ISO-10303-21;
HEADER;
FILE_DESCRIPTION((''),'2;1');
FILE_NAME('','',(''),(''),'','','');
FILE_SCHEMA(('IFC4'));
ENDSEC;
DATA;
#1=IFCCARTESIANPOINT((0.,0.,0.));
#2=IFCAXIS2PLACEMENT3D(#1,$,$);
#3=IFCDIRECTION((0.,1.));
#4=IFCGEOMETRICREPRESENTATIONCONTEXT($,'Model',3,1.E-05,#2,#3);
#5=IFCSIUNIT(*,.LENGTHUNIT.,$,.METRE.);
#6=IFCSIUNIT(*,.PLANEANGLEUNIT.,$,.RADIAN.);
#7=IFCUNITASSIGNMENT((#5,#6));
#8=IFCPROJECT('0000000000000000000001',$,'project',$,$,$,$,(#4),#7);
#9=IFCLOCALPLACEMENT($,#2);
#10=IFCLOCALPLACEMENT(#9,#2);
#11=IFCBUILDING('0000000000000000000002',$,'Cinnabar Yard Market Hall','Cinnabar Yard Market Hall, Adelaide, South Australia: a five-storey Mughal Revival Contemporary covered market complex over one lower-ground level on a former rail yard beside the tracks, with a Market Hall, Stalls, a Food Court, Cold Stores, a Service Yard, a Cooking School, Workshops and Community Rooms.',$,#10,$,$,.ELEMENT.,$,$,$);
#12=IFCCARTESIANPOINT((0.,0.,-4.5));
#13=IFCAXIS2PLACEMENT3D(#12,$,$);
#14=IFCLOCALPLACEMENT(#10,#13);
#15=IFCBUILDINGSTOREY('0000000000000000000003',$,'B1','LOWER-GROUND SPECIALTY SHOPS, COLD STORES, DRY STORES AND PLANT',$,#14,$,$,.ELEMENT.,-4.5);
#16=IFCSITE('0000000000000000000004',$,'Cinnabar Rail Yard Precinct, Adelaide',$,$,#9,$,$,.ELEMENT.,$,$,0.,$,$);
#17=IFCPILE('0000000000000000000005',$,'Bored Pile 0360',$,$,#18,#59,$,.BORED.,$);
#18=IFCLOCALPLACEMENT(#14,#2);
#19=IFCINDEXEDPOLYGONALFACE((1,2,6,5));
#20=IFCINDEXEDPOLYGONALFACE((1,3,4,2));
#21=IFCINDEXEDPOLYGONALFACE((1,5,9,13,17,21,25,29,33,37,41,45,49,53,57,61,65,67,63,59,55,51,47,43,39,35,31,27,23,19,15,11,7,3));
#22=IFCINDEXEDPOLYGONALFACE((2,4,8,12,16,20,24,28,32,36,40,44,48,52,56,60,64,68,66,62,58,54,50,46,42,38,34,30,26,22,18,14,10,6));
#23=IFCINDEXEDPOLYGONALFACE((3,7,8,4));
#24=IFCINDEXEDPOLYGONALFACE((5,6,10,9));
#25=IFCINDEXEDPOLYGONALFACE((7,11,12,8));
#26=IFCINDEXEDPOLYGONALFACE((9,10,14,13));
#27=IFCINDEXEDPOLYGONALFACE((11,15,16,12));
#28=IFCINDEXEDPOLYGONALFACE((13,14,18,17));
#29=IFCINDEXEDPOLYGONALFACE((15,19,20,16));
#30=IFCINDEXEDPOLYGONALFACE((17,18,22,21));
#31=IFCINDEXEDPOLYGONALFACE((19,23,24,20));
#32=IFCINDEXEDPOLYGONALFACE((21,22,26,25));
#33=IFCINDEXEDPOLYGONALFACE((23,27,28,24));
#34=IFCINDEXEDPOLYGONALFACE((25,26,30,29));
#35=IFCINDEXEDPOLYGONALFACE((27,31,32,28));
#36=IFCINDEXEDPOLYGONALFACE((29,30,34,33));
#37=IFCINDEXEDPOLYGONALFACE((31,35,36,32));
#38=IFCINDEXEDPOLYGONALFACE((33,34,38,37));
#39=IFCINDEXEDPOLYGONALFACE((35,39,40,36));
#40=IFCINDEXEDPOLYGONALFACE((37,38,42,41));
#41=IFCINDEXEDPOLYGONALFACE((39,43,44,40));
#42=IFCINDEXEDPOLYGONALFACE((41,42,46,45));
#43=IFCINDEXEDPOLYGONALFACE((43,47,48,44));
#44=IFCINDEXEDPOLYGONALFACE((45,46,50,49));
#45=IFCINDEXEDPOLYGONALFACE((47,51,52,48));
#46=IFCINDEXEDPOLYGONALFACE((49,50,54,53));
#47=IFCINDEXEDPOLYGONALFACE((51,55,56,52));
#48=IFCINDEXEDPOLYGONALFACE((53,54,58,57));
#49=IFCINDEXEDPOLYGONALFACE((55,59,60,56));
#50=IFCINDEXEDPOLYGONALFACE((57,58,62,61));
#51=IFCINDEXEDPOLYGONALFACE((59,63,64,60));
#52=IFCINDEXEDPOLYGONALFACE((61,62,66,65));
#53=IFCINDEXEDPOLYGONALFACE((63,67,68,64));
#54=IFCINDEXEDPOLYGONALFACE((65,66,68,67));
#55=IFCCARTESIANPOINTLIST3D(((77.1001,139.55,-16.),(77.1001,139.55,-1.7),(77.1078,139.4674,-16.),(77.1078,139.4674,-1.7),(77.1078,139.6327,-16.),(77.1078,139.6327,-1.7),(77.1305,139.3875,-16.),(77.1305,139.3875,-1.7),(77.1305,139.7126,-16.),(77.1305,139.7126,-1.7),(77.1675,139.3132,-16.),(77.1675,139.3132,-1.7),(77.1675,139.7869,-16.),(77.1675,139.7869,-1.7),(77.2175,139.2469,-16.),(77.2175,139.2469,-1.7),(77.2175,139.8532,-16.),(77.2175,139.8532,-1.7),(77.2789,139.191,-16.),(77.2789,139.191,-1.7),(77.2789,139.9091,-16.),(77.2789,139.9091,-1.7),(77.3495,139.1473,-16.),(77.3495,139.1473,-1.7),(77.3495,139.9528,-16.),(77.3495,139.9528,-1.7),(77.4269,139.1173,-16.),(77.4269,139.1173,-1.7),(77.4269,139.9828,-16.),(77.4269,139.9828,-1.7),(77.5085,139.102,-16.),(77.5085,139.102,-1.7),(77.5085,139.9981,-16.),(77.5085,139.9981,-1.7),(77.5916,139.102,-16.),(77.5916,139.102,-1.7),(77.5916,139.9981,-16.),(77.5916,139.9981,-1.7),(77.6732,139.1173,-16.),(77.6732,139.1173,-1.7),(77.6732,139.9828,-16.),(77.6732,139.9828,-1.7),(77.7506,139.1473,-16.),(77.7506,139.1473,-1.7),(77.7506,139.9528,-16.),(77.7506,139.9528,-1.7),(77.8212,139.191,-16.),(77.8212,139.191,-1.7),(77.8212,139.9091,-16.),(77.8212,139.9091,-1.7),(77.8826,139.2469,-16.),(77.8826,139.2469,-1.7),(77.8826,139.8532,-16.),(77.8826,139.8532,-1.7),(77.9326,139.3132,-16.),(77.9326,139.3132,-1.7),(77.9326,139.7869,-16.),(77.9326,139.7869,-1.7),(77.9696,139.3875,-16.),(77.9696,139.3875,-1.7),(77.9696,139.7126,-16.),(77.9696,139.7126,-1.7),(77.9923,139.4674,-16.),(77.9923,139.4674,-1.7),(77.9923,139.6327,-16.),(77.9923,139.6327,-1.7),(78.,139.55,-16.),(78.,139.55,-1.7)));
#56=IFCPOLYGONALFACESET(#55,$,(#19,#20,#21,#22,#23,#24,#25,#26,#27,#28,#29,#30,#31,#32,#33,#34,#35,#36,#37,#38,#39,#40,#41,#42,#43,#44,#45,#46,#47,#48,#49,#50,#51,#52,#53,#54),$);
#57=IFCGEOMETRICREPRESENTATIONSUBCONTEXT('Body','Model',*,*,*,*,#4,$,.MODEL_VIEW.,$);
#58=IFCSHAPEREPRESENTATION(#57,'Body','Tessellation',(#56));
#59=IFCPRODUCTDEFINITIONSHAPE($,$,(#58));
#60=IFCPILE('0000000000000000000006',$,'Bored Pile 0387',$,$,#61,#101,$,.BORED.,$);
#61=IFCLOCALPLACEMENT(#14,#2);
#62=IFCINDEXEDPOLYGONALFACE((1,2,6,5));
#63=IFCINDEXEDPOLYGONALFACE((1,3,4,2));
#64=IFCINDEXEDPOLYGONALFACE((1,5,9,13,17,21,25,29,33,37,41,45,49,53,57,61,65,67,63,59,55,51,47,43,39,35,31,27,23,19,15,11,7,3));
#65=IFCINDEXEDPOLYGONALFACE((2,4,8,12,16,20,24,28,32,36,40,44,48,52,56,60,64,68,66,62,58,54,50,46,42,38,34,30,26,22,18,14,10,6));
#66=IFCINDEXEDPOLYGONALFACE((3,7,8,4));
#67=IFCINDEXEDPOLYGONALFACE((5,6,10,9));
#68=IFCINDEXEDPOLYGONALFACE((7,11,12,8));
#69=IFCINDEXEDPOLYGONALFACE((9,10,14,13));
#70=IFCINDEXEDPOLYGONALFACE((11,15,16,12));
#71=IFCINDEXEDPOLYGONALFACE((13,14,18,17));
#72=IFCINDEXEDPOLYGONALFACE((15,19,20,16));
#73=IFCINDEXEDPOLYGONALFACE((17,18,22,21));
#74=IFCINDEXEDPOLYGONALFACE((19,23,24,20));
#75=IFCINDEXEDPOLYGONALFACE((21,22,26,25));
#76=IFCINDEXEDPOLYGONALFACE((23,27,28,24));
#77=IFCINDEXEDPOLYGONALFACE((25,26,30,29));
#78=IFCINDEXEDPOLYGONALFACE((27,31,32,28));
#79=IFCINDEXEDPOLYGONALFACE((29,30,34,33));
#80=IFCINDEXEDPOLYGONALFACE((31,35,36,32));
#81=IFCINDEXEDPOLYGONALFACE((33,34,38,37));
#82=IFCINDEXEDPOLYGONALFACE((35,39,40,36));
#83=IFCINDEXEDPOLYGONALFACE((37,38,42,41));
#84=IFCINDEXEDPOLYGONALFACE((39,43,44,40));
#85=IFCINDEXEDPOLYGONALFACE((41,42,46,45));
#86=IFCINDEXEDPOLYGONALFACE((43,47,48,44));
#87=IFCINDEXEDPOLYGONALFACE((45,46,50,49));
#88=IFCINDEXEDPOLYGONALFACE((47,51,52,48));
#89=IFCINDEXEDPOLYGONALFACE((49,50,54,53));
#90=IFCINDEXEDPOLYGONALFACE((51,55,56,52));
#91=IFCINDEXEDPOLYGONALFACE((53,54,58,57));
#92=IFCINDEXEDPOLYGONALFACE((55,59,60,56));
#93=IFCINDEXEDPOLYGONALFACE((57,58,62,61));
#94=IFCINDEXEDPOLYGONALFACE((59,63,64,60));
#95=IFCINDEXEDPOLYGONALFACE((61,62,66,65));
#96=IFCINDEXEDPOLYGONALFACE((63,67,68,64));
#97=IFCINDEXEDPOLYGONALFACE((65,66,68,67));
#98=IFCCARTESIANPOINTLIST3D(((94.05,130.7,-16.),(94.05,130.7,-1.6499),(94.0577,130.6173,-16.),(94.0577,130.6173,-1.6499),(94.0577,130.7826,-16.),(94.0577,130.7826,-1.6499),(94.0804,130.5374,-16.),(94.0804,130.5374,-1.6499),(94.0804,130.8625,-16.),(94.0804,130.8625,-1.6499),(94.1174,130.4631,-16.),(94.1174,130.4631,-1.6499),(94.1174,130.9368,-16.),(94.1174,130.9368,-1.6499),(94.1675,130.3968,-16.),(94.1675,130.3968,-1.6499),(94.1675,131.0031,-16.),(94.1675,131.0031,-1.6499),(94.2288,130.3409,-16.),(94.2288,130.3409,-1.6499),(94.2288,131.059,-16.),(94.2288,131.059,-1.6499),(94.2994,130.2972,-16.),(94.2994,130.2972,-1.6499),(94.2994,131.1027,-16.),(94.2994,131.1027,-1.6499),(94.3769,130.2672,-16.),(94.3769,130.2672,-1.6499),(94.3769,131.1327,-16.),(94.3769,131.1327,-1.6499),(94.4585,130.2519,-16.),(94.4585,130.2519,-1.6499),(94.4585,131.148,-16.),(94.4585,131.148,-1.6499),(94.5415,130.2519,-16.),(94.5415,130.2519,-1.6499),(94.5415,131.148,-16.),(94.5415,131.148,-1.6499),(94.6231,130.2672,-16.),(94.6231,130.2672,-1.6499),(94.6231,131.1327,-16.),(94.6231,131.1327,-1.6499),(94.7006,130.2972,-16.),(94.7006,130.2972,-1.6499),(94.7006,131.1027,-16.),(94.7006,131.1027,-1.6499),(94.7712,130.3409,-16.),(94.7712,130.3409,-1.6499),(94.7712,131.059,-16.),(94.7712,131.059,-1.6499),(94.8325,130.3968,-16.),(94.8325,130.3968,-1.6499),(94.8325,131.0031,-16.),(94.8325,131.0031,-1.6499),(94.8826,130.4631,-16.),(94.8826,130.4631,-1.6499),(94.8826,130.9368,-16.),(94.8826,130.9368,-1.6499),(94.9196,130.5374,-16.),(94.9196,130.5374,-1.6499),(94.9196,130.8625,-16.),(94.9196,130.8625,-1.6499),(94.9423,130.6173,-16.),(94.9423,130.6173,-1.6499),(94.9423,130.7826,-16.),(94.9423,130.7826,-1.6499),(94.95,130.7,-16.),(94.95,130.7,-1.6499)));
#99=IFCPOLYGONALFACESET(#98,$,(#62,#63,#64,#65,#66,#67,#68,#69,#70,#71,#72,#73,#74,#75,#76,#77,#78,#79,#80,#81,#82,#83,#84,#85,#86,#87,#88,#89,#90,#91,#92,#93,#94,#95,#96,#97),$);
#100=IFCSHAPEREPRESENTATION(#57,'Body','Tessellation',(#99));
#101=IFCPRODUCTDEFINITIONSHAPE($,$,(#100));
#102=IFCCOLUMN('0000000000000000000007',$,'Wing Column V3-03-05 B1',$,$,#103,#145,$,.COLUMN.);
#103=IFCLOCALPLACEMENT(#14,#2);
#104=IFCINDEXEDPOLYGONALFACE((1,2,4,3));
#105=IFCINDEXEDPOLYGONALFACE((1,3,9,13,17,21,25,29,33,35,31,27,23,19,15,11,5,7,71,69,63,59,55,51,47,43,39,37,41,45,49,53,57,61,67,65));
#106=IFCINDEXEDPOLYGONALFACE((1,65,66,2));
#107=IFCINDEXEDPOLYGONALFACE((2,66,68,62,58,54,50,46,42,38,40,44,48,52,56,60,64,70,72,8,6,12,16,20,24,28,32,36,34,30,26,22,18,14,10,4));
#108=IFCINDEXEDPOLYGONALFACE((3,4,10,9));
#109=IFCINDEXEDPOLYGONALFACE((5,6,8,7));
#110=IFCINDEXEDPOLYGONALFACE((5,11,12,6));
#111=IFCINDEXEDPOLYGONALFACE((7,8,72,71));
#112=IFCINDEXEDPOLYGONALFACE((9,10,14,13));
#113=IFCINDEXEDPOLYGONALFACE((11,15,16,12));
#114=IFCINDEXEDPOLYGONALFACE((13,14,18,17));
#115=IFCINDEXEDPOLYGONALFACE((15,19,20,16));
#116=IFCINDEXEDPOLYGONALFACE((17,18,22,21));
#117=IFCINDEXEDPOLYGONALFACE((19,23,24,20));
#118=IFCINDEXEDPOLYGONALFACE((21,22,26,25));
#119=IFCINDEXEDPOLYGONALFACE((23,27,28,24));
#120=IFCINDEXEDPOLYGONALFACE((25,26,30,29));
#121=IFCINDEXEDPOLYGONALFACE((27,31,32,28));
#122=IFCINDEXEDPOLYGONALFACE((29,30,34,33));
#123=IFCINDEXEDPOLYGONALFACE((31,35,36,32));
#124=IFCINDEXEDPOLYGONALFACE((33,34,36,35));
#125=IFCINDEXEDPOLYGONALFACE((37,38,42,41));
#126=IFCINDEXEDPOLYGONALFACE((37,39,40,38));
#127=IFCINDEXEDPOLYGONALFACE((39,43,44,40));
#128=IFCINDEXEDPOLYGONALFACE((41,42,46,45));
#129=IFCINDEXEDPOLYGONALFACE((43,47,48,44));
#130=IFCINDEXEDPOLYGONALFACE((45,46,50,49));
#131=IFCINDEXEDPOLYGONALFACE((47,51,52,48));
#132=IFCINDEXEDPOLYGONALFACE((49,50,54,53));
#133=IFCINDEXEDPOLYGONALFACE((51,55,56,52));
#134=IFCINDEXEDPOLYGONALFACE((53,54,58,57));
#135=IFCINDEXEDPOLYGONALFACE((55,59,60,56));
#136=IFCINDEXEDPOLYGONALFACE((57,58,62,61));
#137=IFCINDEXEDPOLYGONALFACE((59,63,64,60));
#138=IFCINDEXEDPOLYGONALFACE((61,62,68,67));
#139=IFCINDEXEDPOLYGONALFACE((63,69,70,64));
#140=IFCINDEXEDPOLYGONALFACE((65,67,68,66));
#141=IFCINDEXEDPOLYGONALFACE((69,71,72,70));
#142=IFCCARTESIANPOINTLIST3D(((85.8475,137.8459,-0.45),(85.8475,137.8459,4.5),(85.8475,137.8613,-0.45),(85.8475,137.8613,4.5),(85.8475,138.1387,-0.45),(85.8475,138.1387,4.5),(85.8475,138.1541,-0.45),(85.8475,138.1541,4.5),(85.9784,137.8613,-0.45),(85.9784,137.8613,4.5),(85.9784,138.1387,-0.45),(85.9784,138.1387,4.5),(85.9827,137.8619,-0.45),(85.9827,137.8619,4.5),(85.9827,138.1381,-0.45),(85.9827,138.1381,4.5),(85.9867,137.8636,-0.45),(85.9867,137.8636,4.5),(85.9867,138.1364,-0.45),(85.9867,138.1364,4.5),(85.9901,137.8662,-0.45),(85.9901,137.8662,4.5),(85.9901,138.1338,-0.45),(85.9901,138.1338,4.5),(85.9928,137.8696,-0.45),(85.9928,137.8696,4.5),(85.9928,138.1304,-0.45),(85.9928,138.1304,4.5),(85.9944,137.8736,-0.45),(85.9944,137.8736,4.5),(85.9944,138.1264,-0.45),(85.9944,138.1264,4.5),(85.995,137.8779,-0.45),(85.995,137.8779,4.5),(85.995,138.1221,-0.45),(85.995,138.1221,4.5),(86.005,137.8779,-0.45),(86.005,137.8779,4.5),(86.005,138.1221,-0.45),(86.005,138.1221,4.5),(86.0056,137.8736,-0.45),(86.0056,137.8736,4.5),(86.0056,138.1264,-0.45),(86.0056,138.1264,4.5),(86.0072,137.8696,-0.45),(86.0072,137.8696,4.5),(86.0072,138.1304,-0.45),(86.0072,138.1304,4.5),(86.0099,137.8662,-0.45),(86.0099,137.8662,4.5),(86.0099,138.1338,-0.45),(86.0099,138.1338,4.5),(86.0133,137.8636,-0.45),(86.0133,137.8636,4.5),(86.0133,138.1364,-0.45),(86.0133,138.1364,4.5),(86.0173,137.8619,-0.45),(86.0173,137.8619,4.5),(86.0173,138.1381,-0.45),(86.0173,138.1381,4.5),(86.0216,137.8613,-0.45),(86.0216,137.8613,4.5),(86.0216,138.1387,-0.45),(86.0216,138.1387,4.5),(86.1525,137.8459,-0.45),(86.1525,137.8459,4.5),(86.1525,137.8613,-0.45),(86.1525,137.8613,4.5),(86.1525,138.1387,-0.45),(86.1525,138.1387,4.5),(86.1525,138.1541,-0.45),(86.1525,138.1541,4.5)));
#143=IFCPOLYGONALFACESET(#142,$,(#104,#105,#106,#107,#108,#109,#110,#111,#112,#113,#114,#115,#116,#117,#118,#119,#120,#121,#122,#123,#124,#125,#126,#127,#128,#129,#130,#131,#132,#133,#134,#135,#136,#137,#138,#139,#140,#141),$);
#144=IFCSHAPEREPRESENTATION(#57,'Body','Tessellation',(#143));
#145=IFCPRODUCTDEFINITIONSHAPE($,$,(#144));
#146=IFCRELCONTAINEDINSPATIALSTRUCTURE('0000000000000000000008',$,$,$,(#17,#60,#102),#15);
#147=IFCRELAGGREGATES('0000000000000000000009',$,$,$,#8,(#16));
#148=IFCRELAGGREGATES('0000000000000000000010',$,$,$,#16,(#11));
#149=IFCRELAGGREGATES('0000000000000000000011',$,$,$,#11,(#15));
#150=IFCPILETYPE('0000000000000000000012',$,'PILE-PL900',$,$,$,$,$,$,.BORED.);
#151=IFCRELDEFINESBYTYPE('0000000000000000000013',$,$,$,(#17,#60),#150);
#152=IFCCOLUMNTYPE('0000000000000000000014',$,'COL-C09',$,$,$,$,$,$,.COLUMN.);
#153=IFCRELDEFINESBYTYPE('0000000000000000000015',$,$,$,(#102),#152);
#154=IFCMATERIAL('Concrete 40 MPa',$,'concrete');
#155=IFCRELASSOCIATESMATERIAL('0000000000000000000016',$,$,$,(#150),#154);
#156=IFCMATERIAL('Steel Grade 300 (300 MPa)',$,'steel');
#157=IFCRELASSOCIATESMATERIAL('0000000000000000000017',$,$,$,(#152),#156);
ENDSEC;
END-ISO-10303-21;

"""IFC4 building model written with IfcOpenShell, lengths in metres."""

from ifc_helpers import new_model, si_unit, direction, frame, origin, origin_2d_with_axis, place, context, subcontext, project, spatial, circle, i_section, extrude, material, material_profile, profile_set, type_object, element, save


model = new_model("IFC4")

# Units and contexts
model_context = context("Model", 3, precision=1e-05, world=origin(), true_north=direction((0.0, 1.0)))
body_context = subcontext(model_context, "Body", "Model", "MODEL_VIEW")
ifc_project = project(units=[si_unit("LENGTHUNIT", "METRE"), si_unit("PLANEANGLEUNIT", "RADIAN")], contexts=[model_context])

# Site, building, storey
site_placement = place(None, origin())
site = spatial("IfcSite", under=ifc_project, at=site_placement, Name="Cinnabar Rail Yard Precinct, Adelaide", CompositionType="ELEMENT", RefElevation=0.0)
building_placement = place(site_placement, origin())
building = spatial("IfcBuilding", under=site, at=building_placement, Name="Cinnabar Yard Market Hall", Description="Cinnabar Yard Market Hall, Adelaide, South Australia: a five-storey Mughal Revival Contemporary covered market complex over one lower-ground level on a former rail yard beside the tracks, with a Market Hall, Stalls, a Food Court, Cold Stores, a Service Yard, a Cooking School, Workshops and Community Rooms.", CompositionType="ELEMENT")
storey_placement = place(building_placement, frame((0.0, 0.0, -4.5)))
storey = spatial("IfcBuildingStorey", under=building, at=storey_placement, Name="B1", Description="LOWER-GROUND SPECIALTY SHOPS, COLD STORES, DRY STORES AND PLANT", CompositionType="ELEMENT", Elevation=-4.5)

# Shared definitions
ifc_material_1 = material(Name="Concrete 40 MPa", Category="concrete")

# Piles
ifc_material_profile_1 = material_profile(ifc_material_1, circle(Radius=0.45, at=origin_2d_with_axis()), Name="PILE-D900")
ifc_profile_set_1 = profile_set([ifc_material_profile_1], Name="Concrete 40 MPa")
pile_type_1 = type_object("IfcPileType", Name="PILE-PL900", PredefinedType="BORED", material=ifc_profile_set_1)
for number, where, z_axis, x_axis, name in (
    (1, (77.55, 139.55, -1.7), (0.0, 0.0, -1.0), (1.0, 0.0, 0.0), "Bored Pile 0360"),
):
    element("IfcPile", number, at=place(storey_placement, frame(where, z_axis=z_axis, x_axis=x_axis)), inside=storey, type_object=pile_type_1, Name=name, PredefinedType="BORED", context=body_context, shape_type="SweptSolid", body=[
        extrude(circle(Radius=0.45, at=origin_2d_with_axis()), origin(), (0.0, 0.0, 1.0), 14.3),
    ])
pile_1_placement = place(storey_placement, frame((94.5, 130.7, -1.6499), z_axis=(0.0, 0.0, -1.0), x_axis=(1.0, 0.0, 0.0)))
element("IfcPile", 2, at=pile_1_placement, inside=storey, type_object=pile_type_1, Name="Bored Pile 0387", PredefinedType="BORED", context=body_context, shape_type="SweptSolid", body=[
    extrude(circle(Radius=0.45, at=origin_2d_with_axis()), origin(), (0.0, 0.0, 1.0), 14.3501),
])

# Column
ifc_material_2 = material(Name="Steel Grade 300 (300 MPa)", Category="steel")
ifc_material_profile_2 = material_profile(ifc_material_2, i_section(OverallWidth=0.3049, OverallDepth=0.3081, WebThickness=0.01, FlangeThickness=0.0154, FilletRadius=0.0166, at=origin_2d_with_axis()), Name="310UC96.8")
ifc_profile_set_2 = profile_set([ifc_material_profile_2], Name="Steel Grade 300 (300 MPa)")
column_type_1 = type_object("IfcColumnType", Name="COL-C09", PredefinedType="COLUMN", material=ifc_profile_set_2)
column_1_placement = place(storey_placement, frame((86.0, 138.0, -0.45), z_axis=(0.0, 0.0, 1.0), x_axis=(1.0, 0.0, 0.0)))
element("IfcColumn", 3, at=column_1_placement, inside=storey, type_object=column_type_1, Name="Wing Column V3-03-05 B1", PredefinedType="COLUMN", context=body_context, shape_type="SweptSolid", body=[
    extrude(i_section(OverallWidth=0.3049, OverallDepth=0.3081, WebThickness=0.01, FlangeThickness=0.0154, FilletRadius=0.0166, at=origin_2d_with_axis()), origin(), (0.0, 0.0, 1.0), 4.95),
])

save(model, "model.ifc")
